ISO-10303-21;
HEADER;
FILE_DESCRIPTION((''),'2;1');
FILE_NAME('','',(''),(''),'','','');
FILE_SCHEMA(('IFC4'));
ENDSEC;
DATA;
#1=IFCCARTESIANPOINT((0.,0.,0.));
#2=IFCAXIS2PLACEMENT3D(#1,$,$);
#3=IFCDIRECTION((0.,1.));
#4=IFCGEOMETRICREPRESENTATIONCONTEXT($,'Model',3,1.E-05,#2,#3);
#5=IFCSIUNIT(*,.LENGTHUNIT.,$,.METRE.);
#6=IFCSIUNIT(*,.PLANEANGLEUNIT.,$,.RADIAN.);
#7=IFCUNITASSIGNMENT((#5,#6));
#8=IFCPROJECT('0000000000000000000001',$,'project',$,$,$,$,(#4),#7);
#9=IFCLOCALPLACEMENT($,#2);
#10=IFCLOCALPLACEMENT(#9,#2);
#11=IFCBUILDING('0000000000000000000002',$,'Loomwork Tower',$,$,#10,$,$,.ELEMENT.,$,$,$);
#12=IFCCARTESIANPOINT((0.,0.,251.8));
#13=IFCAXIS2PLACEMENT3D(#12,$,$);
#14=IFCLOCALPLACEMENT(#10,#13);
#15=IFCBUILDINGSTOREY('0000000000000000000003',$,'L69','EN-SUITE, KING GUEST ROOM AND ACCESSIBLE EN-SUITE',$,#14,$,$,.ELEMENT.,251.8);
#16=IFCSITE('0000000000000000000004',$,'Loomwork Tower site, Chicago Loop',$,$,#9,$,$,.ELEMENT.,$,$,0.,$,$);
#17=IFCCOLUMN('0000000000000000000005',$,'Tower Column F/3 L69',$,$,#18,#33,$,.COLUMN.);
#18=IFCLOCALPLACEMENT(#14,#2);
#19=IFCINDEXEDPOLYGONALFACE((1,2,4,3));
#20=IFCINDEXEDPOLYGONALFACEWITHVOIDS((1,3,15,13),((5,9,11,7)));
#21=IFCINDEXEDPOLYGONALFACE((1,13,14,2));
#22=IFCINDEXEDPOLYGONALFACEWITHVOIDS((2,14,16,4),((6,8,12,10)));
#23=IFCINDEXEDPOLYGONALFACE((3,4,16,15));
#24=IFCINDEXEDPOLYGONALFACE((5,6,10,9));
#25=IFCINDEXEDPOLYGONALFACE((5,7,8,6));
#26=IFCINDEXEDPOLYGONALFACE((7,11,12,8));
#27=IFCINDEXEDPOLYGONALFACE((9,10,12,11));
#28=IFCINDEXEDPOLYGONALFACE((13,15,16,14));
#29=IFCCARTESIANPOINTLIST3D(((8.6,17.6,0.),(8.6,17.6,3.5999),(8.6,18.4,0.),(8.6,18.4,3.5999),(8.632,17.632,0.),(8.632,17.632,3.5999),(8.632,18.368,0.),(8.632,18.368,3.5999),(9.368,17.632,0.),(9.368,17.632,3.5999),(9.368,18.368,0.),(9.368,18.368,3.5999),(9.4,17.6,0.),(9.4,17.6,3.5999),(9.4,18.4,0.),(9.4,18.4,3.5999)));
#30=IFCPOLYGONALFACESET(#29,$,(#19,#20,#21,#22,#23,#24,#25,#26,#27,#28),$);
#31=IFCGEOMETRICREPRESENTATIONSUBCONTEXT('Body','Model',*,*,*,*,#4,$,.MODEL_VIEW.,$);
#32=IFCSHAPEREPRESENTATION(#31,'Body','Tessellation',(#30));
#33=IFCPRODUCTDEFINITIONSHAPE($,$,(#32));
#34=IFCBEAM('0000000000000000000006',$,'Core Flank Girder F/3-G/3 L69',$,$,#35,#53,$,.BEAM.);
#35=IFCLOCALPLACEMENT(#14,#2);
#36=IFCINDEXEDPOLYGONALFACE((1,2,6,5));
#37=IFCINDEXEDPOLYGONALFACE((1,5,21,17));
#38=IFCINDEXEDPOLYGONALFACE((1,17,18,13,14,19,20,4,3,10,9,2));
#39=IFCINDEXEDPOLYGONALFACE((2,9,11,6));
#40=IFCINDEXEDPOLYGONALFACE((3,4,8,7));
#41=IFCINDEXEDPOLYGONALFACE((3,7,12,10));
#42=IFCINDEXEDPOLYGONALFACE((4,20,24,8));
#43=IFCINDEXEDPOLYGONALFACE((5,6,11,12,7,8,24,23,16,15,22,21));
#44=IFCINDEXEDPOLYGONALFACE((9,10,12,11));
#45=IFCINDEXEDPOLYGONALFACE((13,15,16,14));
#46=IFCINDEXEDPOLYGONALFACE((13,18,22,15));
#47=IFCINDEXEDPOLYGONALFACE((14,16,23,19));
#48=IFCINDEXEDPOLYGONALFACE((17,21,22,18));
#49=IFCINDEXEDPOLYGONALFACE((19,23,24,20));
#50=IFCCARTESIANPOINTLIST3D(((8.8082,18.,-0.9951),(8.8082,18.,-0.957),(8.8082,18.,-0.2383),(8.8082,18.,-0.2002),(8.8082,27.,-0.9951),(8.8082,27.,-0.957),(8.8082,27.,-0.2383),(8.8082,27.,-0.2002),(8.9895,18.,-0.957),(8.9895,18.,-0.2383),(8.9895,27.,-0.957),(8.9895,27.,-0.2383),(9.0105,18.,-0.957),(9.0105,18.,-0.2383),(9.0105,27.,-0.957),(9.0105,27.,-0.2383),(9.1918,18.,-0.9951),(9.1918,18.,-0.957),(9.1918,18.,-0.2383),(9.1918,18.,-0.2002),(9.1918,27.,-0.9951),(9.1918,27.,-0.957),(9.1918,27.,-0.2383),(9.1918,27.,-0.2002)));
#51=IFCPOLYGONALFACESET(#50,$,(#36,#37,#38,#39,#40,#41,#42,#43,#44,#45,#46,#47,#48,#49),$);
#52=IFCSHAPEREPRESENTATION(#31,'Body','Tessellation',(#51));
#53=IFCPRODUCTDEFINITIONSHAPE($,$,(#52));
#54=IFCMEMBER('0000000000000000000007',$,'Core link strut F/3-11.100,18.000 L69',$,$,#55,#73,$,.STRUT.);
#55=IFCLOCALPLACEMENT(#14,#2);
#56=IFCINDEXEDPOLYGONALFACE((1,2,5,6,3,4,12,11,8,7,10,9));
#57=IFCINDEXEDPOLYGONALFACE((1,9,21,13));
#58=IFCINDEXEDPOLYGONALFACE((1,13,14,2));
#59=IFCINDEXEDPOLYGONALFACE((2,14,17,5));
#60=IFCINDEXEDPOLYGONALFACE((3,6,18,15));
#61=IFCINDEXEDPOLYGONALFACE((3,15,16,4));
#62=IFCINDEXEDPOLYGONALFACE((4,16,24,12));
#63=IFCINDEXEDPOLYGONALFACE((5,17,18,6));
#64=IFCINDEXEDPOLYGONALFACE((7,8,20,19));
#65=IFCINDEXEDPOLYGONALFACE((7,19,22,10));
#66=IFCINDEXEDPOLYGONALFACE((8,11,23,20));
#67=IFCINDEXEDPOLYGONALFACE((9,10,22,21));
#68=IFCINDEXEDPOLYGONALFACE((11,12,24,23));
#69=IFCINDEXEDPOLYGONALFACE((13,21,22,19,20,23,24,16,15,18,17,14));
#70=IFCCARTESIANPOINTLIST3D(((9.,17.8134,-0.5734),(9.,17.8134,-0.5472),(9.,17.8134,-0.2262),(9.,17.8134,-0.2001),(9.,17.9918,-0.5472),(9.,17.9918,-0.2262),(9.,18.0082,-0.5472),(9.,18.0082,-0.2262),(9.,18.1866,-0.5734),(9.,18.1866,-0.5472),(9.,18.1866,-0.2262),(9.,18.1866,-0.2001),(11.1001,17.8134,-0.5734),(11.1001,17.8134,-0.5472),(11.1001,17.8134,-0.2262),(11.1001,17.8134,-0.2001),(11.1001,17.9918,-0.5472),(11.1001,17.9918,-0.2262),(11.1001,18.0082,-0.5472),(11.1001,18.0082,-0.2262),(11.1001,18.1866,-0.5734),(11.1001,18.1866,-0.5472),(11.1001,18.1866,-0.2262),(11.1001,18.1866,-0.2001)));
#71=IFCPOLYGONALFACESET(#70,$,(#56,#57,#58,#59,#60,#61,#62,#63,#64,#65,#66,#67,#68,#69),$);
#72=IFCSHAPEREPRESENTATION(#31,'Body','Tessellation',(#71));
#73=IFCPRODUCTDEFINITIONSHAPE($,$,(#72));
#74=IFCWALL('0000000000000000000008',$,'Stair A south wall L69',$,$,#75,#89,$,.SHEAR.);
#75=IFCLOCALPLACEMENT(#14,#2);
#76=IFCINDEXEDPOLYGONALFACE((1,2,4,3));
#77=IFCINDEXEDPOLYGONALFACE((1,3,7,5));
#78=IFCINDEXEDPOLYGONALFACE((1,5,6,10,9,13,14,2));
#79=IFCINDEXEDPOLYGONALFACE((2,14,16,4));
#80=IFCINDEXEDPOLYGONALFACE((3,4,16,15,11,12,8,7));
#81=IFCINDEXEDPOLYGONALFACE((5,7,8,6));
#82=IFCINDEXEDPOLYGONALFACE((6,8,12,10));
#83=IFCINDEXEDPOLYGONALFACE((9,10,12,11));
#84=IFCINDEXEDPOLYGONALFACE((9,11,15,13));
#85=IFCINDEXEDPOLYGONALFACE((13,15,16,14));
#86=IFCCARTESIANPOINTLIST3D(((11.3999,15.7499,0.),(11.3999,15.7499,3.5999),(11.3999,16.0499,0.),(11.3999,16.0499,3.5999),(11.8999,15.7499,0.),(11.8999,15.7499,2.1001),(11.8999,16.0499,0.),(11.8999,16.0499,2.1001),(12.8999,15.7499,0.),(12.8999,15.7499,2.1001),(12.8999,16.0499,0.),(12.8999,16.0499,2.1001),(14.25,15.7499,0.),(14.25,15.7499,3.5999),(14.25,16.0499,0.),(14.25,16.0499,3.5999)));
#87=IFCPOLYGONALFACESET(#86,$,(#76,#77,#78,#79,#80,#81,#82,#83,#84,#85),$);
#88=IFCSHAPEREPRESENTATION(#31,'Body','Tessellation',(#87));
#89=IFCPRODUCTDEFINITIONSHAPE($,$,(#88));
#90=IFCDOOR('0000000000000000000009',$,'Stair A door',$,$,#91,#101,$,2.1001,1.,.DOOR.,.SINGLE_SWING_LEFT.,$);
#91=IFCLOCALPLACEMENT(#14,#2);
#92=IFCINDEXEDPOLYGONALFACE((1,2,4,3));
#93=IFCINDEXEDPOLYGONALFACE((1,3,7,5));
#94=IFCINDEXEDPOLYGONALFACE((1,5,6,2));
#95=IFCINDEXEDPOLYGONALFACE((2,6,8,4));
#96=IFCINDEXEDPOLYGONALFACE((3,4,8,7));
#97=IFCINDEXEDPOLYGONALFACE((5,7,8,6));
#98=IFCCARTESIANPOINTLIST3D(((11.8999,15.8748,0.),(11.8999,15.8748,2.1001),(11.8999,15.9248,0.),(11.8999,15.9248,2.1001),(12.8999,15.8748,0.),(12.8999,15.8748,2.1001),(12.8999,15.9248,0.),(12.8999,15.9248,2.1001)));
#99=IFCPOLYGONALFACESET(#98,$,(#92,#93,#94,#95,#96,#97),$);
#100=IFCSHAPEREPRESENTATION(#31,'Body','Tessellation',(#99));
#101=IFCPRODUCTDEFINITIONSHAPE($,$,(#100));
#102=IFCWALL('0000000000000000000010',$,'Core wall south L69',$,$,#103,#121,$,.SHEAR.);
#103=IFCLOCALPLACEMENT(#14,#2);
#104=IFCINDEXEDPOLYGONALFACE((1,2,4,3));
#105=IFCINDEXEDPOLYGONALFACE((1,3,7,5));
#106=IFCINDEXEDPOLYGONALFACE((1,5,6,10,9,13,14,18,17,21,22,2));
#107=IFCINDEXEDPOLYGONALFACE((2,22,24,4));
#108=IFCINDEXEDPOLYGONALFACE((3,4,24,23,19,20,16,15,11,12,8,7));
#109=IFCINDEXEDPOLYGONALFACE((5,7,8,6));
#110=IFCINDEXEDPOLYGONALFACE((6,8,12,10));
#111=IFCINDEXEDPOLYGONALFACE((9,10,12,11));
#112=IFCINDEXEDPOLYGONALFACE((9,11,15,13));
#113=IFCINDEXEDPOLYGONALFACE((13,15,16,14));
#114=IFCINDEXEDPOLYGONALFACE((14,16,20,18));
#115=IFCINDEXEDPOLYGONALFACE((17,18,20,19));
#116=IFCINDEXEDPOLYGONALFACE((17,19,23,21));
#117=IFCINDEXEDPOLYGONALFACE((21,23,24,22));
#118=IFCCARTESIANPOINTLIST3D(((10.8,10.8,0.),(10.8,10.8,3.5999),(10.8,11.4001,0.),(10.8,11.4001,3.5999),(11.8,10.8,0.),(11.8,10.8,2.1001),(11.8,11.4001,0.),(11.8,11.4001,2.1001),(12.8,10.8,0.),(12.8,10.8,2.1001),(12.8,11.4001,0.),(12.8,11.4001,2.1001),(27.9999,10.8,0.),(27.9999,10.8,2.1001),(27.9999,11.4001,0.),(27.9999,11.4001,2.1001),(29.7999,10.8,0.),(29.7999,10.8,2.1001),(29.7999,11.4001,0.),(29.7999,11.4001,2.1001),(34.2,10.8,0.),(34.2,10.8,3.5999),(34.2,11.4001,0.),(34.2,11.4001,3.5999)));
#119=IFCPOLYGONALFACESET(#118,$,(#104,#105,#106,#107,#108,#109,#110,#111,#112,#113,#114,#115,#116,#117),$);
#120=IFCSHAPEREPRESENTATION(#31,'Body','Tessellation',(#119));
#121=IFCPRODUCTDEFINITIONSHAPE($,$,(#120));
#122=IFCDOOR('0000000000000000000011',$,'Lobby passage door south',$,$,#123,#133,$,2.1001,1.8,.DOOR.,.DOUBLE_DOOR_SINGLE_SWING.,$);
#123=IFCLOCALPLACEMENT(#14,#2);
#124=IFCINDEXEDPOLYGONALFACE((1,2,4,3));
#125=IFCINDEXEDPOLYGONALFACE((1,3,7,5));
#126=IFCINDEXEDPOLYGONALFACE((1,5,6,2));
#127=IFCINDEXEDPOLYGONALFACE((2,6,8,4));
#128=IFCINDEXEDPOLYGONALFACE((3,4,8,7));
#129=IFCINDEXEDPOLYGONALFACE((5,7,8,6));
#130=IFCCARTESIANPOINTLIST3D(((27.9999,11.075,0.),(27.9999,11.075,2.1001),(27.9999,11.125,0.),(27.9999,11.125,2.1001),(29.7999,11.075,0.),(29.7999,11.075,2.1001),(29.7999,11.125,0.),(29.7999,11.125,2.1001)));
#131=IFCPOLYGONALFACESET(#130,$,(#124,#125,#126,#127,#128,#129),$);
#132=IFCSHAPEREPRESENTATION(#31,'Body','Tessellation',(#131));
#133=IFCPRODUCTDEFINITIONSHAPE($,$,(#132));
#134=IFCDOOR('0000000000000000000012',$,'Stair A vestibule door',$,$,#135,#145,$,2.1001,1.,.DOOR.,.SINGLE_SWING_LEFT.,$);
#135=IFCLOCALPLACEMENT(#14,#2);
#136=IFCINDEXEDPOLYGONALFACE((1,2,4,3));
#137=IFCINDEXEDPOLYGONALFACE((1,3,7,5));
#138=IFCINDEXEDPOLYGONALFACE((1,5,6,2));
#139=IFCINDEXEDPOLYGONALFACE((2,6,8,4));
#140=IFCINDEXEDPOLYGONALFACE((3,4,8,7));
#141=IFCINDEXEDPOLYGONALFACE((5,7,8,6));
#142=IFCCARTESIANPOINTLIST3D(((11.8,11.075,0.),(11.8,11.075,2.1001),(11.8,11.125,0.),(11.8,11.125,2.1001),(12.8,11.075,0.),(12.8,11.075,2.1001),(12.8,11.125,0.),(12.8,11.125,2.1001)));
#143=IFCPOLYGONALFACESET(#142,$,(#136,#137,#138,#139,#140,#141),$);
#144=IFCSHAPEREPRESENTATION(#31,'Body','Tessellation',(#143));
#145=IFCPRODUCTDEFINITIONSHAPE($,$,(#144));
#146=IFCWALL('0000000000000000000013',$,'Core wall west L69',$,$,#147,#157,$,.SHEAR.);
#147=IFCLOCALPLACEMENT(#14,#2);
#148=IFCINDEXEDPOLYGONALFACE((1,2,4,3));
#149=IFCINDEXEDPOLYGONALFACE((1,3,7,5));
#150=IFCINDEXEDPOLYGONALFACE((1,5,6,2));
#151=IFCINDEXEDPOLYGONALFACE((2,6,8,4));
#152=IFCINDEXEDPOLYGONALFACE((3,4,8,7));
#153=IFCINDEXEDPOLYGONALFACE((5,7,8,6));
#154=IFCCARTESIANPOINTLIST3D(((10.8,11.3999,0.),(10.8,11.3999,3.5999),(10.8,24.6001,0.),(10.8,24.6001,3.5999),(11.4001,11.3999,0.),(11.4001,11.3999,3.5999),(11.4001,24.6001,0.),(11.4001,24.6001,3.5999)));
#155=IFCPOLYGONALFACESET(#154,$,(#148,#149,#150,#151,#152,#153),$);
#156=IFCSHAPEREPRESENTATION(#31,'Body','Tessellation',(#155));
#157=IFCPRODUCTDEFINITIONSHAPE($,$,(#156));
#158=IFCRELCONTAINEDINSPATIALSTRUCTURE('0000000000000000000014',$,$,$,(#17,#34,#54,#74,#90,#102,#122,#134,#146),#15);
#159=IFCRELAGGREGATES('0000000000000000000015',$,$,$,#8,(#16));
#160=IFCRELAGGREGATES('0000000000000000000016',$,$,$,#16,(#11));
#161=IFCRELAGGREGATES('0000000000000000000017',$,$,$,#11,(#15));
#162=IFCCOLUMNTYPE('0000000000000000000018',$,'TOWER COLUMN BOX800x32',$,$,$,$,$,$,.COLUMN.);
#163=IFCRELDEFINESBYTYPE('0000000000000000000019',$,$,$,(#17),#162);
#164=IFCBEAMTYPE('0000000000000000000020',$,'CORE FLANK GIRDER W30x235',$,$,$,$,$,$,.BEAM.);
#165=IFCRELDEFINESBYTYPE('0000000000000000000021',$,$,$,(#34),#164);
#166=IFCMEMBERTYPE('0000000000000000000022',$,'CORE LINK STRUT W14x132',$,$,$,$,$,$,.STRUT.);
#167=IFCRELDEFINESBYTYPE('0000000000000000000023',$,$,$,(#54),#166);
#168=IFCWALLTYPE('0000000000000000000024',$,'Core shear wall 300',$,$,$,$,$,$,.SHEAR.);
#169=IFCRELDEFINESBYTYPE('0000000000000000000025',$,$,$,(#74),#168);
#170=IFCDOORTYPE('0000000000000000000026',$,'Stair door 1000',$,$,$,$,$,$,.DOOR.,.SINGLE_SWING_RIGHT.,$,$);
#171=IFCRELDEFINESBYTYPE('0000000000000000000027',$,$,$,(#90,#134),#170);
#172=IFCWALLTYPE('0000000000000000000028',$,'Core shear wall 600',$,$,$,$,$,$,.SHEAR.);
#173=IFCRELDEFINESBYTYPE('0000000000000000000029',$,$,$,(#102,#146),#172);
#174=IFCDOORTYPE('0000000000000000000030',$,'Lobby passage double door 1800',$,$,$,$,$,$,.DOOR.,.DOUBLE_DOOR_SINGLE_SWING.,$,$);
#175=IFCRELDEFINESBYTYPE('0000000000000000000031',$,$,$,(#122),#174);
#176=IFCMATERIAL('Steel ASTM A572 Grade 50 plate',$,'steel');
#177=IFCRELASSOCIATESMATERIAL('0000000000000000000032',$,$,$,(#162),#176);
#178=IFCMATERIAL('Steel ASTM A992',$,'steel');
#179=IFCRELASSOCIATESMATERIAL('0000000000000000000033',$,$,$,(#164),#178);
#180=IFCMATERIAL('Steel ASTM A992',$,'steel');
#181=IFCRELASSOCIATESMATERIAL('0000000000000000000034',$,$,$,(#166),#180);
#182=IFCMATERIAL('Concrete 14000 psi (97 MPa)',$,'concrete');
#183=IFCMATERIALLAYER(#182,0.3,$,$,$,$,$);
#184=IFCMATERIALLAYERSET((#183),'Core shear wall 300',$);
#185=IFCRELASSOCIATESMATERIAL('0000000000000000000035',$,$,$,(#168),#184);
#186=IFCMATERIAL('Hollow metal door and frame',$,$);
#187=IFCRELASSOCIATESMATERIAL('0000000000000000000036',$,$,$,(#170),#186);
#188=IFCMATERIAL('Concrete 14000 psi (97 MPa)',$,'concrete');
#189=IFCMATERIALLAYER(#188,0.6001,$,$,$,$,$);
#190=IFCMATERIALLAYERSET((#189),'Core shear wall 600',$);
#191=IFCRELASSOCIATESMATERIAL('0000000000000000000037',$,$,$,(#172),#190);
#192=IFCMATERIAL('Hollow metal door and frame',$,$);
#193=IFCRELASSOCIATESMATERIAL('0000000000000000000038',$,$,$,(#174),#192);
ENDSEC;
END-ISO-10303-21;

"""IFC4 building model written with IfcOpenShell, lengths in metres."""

from ifc_helpers import new_model, si_unit, direction, frame, frame_2d, origin, origin_2d, place, context, subcontext, project, spatial, rectangle, hollow_rectangle, i_section, extrude, material, layer, layer_set, material_profile, profile_set, type_object, element, fill, save


model = new_model("IFC4")

# Units and contexts
model_context = context("Model", 3, precision=1e-05, world=origin(), true_north=direction((0.0, 1.0)))
body_context = subcontext(model_context, "Body", "Model", "MODEL_VIEW")
ifc_project = project(units=[si_unit("LENGTHUNIT", "METRE"), si_unit("PLANEANGLEUNIT", "RADIAN")], contexts=[model_context])

# Site, building, storey
site_placement = place(None, origin())
site = spatial("IfcSite", under=ifc_project, at=site_placement, Name="Loomwork Tower site, Chicago Loop", CompositionType="ELEMENT", RefElevation=0.0)
building_placement = place(site_placement, origin())
building = spatial("IfcBuilding", under=site, at=building_placement, Name="Loomwork Tower", CompositionType="ELEMENT")
storey_placement = place(building_placement, frame((0.0, 0.0, 251.8)))
storey = spatial("IfcBuildingStorey", under=building, at=storey_placement, Name="L69", Description="EN-SUITE, KING GUEST ROOM AND ACCESSIBLE EN-SUITE", CompositionType="ELEMENT", Elevation=251.8)

# Column
ifc_material_1 = material(Name="Steel ASTM A572 Grade 50 plate", Category="steel")
ifc_material_profile_1 = material_profile(ifc_material_1, hollow_rectangle(XDim=0.8, YDim=0.8, WallThickness=0.032, at=origin_2d()), Name="BOX800x32")
ifc_profile_set_1 = profile_set([ifc_material_profile_1], Name="Steel ASTM A572 Grade 50 plate")
column_type = type_object("IfcColumnType", Name="TOWER COLUMN BOX800x32", PredefinedType="COLUMN", material=ifc_profile_set_1)
column_placement = place(storey_placement, frame((9.0, 18.0, 0.0), z_axis=(0.0, 0.0, 1.0), x_axis=(1.0, 0.0, 0.0)))
element("IfcColumn", 1, at=column_placement, inside=storey, type_object=column_type, Name="Tower Column F/3 L69", PredefinedType="COLUMN", context=body_context, shape_type="SweptSolid", body=[
    extrude(hollow_rectangle(XDim=0.8, YDim=0.8, WallThickness=0.032, at=origin_2d()), origin(), (0.0, 0.0, 1.0), 3.5999),
])

# Beam
ifc_material_2 = material(Name="Steel ASTM A992", Category="steel")
ifc_material_profile_2 = material_profile(ifc_material_2, i_section(OverallWidth=0.3835, OverallDepth=0.7949, WebThickness=0.021, FlangeThickness=0.0381, at=origin_2d()), Name="W30x235")
ifc_profile_set_2 = profile_set([ifc_material_profile_2], Name="Steel ASTM A992")
beam_type = type_object("IfcBeamType", Name="CORE FLANK GIRDER W30x235", PredefinedType="BEAM", material=ifc_profile_set_2)
beam_placement = place(storey_placement, frame((9.0, 18.0, -0.5977), z_axis=(0.0, 1.0, 0.0), x_axis=(-1.0, 0.0, 0.0)))
element("IfcBeam", 2, at=beam_placement, inside=storey, type_object=beam_type, Name="Core Flank Girder F/3-G/3 L69", PredefinedType="BEAM", context=body_context, shape_type="SweptSolid", body=[
    extrude(i_section(OverallWidth=0.3835, OverallDepth=0.7949, WebThickness=0.021, FlangeThickness=0.0381, at=origin_2d()), origin(), (0.0, 0.0, 1.0), 9.0),
])

# Member
ifc_material_3 = material(Name="Steel ASTM A992", Category="steel")
ifc_material_profile_3 = material_profile(ifc_material_3, i_section(OverallWidth=0.3733, OverallDepth=0.3733, WebThickness=0.0164, FlangeThickness=0.0261, at=origin_2d()), Name="W14x132")
ifc_profile_set_3 = profile_set([ifc_material_profile_3], Name="Steel ASTM A992")
member_type = type_object("IfcMemberType", Name="CORE LINK STRUT W14x132", PredefinedType="STRUT", material=ifc_profile_set_3)
member_placement = place(storey_placement, frame((9.0, 18.0, -0.3867), z_axis=(1.0, 0.0, 0.0), x_axis=(0.0, 1.0, 0.0)))
element("IfcMember", 3, at=member_placement, inside=storey, type_object=member_type, Name="Core link strut F/3-11.100,18.000 L69", PredefinedType="STRUT", context=body_context, shape_type="SweptSolid", body=[
    extrude(i_section(OverallWidth=0.3733, OverallDepth=0.3733, WebThickness=0.0164, FlangeThickness=0.0261, at=origin_2d()), origin(), (0.0, 0.0, 1.0), 2.1001),
])

# Wall, opening, door
ifc_material_4 = material(Name="Concrete 14000 psi (97 MPa)", Category="concrete")
ifc_layer_1 = layer(ifc_material_4, 0.3)
ifc_layer_set_1 = layer_set([ifc_layer_1], Name="Core shear wall 300")
wall_type_1 = type_object("IfcWallType", Name="Core shear wall 300", PredefinedType="SHEAR", material=ifc_layer_set_1)
wall_1_placement = place(storey_placement, frame((11.3999, 15.8999, 0.0), z_axis=(0.0, 0.0, 1.0), x_axis=(1.0, 0.0, 0.0)))
wall_1 = element("IfcWall", 4, at=wall_1_placement, inside=storey, type_object=wall_type_1, Name="Stair A south wall L69", PredefinedType="SHEAR", context=body_context, shape_type="SweptSolid", body=[
    extrude(rectangle(XDim=2.8501, YDim=0.3, at=frame_2d((1.425, 0.0))), origin(), (0.0, 0.0, 1.0), 3.5999),
])
opening_1_placement = place(wall_1_placement, frame((0.5, 0.0, 0.0)))
opening_1 = element("IfcOpeningElement", 5, at=opening_1_placement, cuts=wall_1, PredefinedType="OPENING", context=body_context, shape_type="SweptSolid", body=[
    extrude(rectangle(XDim=1.0, YDim=2.1001, at=frame_2d((0.5, 1.05))), frame((0.0, 0.1599, 0.0), z_axis=(0.0, -1.0, 0.0), x_axis=(1.0, 0.0, 0.0)), (0.0, 0.0, 1.0), 0.3201),
])
ifc_material_5 = material(Name="Hollow metal door and frame")
door_type_1 = type_object("IfcDoorType", Name="Stair door 1000", OperationType="SINGLE_SWING_RIGHT", PredefinedType="DOOR", material=ifc_material_5)
door_1_placement = place(opening_1_placement, origin())
door_1 = element("IfcDoor", 6, at=door_1_placement, inside=storey, type_object=door_type_1, Name="Stair A door", OperationType="SINGLE_SWING_LEFT", OverallHeight=2.1001, OverallWidth=1.0, PredefinedType="DOOR", context=body_context, shape_type="SweptSolid", body=[
    extrude(rectangle(XDim=1.0, YDim=2.1001, at=frame_2d((0.5, 1.05))), frame((0.0, 0.0249, 0.0), z_axis=(0.0, -1.0, 0.0), x_axis=(1.0, 0.0, 0.0)), (0.0, 0.0, 1.0), 0.05),
])
fill(opening_1, door_1)

# Wall, openings, doors
ifc_material_6 = material(Name="Concrete 14000 psi (97 MPa)", Category="concrete")
ifc_layer_2 = layer(ifc_material_6, 0.6001)
ifc_layer_set_2 = layer_set([ifc_layer_2], Name="Core shear wall 600")
wall_type_2 = type_object("IfcWallType", Name="Core shear wall 600", PredefinedType="SHEAR", material=ifc_layer_set_2)
wall_2_placement = place(storey_placement, frame((10.8, 11.1001, 0.0), z_axis=(0.0, 0.0, 1.0), x_axis=(1.0, 0.0, 0.0)))
wall_2 = element("IfcWall", 7, at=wall_2_placement, inside=storey, type_object=wall_type_2, Name="Core wall south L69", PredefinedType="SHEAR", context=body_context, shape_type="SweptSolid", body=[
    extrude(rectangle(XDim=23.3999, YDim=0.6001, at=frame_2d((11.7, 0.0))), origin(), (0.0, 0.0, 1.0), 3.5999),
])
opening_2_placement = place(wall_2_placement, frame((1.0, 0.0, 0.0)))
opening_2 = element("IfcOpeningElement", 8, at=opening_2_placement, cuts=wall_2, PredefinedType="OPENING", context=body_context, shape_type="SweptSolid", body=[
    extrude(rectangle(XDim=1.0, YDim=2.1001, at=frame_2d((0.5, 1.05))), frame((0.0, 0.3101, 0.0), z_axis=(0.0, -1.0, 0.0), x_axis=(1.0, 0.0, 0.0)), (0.0, 0.0, 1.0), 0.6201),
])
opening_3_placement = place(wall_2_placement, frame((17.2, 0.0, 0.0)))
opening_3 = element("IfcOpeningElement", 9, at=opening_3_placement, cuts=wall_2, PredefinedType="OPENING", context=body_context, shape_type="SweptSolid", body=[
    extrude(rectangle(XDim=1.8, YDim=2.1001, at=frame_2d((0.8999, 1.05))), frame((0.0, 0.3101, 0.0), z_axis=(0.0, -1.0, 0.0), x_axis=(1.0, 0.0, 0.0)), (0.0, 0.0, 1.0), 0.6201),
])
ifc_material_7 = material(Name="Hollow metal door and frame")
door_type_2 = type_object("IfcDoorType", Name="Lobby passage double door 1800", OperationType="DOUBLE_DOOR_SINGLE_SWING", PredefinedType="DOOR", material=ifc_material_7)
door_2_placement = place(opening_3_placement, origin())
door_2 = element("IfcDoor", 10, at=door_2_placement, inside=storey, type_object=door_type_2, Name="Lobby passage door south", OperationType="DOUBLE_DOOR_SINGLE_SWING", OverallHeight=2.1001, OverallWidth=1.8, PredefinedType="DOOR", context=body_context, shape_type="SweptSolid", body=[
    extrude(rectangle(XDim=1.8, YDim=2.1001, at=frame_2d((0.8999, 1.05))), frame((0.0, 0.0249, 0.0), z_axis=(0.0, -1.0, 0.0), x_axis=(1.0, 0.0, 0.0)), (0.0, 0.0, 1.0), 0.05),
])
fill(opening_3, door_2)
door_3_placement = place(opening_2_placement, origin())
door_3 = element("IfcDoor", 11, at=door_3_placement, inside=storey, type_object=door_type_1, Name="Stair A vestibule door", OperationType="SINGLE_SWING_LEFT", OverallHeight=2.1001, OverallWidth=1.0, PredefinedType="DOOR", context=body_context, shape_type="SweptSolid", body=[
    extrude(rectangle(XDim=1.0, YDim=2.1001, at=frame_2d((0.5, 1.05))), frame((0.0, 0.0249, 0.0), z_axis=(0.0, -1.0, 0.0), x_axis=(1.0, 0.0, 0.0)), (0.0, 0.0, 1.0), 0.05),
])
fill(opening_2, door_3)

# Wall
wall_3_placement = place(storey_placement, frame((11.1001, 11.3999, 0.0), z_axis=(0.0, 0.0, 1.0), x_axis=(0.0, 1.0, 0.0)))
element("IfcWall", 12, at=wall_3_placement, inside=storey, type_object=wall_type_2, Name="Core wall west L69", PredefinedType="SHEAR", context=body_context, shape_type="SweptSolid", body=[
    extrude(rectangle(XDim=13.2002, YDim=0.6001, at=frame_2d((6.6001, 0.0))), origin(), (0.0, 0.0, 1.0), 3.5999),
])

save(model, "model.ifc")
